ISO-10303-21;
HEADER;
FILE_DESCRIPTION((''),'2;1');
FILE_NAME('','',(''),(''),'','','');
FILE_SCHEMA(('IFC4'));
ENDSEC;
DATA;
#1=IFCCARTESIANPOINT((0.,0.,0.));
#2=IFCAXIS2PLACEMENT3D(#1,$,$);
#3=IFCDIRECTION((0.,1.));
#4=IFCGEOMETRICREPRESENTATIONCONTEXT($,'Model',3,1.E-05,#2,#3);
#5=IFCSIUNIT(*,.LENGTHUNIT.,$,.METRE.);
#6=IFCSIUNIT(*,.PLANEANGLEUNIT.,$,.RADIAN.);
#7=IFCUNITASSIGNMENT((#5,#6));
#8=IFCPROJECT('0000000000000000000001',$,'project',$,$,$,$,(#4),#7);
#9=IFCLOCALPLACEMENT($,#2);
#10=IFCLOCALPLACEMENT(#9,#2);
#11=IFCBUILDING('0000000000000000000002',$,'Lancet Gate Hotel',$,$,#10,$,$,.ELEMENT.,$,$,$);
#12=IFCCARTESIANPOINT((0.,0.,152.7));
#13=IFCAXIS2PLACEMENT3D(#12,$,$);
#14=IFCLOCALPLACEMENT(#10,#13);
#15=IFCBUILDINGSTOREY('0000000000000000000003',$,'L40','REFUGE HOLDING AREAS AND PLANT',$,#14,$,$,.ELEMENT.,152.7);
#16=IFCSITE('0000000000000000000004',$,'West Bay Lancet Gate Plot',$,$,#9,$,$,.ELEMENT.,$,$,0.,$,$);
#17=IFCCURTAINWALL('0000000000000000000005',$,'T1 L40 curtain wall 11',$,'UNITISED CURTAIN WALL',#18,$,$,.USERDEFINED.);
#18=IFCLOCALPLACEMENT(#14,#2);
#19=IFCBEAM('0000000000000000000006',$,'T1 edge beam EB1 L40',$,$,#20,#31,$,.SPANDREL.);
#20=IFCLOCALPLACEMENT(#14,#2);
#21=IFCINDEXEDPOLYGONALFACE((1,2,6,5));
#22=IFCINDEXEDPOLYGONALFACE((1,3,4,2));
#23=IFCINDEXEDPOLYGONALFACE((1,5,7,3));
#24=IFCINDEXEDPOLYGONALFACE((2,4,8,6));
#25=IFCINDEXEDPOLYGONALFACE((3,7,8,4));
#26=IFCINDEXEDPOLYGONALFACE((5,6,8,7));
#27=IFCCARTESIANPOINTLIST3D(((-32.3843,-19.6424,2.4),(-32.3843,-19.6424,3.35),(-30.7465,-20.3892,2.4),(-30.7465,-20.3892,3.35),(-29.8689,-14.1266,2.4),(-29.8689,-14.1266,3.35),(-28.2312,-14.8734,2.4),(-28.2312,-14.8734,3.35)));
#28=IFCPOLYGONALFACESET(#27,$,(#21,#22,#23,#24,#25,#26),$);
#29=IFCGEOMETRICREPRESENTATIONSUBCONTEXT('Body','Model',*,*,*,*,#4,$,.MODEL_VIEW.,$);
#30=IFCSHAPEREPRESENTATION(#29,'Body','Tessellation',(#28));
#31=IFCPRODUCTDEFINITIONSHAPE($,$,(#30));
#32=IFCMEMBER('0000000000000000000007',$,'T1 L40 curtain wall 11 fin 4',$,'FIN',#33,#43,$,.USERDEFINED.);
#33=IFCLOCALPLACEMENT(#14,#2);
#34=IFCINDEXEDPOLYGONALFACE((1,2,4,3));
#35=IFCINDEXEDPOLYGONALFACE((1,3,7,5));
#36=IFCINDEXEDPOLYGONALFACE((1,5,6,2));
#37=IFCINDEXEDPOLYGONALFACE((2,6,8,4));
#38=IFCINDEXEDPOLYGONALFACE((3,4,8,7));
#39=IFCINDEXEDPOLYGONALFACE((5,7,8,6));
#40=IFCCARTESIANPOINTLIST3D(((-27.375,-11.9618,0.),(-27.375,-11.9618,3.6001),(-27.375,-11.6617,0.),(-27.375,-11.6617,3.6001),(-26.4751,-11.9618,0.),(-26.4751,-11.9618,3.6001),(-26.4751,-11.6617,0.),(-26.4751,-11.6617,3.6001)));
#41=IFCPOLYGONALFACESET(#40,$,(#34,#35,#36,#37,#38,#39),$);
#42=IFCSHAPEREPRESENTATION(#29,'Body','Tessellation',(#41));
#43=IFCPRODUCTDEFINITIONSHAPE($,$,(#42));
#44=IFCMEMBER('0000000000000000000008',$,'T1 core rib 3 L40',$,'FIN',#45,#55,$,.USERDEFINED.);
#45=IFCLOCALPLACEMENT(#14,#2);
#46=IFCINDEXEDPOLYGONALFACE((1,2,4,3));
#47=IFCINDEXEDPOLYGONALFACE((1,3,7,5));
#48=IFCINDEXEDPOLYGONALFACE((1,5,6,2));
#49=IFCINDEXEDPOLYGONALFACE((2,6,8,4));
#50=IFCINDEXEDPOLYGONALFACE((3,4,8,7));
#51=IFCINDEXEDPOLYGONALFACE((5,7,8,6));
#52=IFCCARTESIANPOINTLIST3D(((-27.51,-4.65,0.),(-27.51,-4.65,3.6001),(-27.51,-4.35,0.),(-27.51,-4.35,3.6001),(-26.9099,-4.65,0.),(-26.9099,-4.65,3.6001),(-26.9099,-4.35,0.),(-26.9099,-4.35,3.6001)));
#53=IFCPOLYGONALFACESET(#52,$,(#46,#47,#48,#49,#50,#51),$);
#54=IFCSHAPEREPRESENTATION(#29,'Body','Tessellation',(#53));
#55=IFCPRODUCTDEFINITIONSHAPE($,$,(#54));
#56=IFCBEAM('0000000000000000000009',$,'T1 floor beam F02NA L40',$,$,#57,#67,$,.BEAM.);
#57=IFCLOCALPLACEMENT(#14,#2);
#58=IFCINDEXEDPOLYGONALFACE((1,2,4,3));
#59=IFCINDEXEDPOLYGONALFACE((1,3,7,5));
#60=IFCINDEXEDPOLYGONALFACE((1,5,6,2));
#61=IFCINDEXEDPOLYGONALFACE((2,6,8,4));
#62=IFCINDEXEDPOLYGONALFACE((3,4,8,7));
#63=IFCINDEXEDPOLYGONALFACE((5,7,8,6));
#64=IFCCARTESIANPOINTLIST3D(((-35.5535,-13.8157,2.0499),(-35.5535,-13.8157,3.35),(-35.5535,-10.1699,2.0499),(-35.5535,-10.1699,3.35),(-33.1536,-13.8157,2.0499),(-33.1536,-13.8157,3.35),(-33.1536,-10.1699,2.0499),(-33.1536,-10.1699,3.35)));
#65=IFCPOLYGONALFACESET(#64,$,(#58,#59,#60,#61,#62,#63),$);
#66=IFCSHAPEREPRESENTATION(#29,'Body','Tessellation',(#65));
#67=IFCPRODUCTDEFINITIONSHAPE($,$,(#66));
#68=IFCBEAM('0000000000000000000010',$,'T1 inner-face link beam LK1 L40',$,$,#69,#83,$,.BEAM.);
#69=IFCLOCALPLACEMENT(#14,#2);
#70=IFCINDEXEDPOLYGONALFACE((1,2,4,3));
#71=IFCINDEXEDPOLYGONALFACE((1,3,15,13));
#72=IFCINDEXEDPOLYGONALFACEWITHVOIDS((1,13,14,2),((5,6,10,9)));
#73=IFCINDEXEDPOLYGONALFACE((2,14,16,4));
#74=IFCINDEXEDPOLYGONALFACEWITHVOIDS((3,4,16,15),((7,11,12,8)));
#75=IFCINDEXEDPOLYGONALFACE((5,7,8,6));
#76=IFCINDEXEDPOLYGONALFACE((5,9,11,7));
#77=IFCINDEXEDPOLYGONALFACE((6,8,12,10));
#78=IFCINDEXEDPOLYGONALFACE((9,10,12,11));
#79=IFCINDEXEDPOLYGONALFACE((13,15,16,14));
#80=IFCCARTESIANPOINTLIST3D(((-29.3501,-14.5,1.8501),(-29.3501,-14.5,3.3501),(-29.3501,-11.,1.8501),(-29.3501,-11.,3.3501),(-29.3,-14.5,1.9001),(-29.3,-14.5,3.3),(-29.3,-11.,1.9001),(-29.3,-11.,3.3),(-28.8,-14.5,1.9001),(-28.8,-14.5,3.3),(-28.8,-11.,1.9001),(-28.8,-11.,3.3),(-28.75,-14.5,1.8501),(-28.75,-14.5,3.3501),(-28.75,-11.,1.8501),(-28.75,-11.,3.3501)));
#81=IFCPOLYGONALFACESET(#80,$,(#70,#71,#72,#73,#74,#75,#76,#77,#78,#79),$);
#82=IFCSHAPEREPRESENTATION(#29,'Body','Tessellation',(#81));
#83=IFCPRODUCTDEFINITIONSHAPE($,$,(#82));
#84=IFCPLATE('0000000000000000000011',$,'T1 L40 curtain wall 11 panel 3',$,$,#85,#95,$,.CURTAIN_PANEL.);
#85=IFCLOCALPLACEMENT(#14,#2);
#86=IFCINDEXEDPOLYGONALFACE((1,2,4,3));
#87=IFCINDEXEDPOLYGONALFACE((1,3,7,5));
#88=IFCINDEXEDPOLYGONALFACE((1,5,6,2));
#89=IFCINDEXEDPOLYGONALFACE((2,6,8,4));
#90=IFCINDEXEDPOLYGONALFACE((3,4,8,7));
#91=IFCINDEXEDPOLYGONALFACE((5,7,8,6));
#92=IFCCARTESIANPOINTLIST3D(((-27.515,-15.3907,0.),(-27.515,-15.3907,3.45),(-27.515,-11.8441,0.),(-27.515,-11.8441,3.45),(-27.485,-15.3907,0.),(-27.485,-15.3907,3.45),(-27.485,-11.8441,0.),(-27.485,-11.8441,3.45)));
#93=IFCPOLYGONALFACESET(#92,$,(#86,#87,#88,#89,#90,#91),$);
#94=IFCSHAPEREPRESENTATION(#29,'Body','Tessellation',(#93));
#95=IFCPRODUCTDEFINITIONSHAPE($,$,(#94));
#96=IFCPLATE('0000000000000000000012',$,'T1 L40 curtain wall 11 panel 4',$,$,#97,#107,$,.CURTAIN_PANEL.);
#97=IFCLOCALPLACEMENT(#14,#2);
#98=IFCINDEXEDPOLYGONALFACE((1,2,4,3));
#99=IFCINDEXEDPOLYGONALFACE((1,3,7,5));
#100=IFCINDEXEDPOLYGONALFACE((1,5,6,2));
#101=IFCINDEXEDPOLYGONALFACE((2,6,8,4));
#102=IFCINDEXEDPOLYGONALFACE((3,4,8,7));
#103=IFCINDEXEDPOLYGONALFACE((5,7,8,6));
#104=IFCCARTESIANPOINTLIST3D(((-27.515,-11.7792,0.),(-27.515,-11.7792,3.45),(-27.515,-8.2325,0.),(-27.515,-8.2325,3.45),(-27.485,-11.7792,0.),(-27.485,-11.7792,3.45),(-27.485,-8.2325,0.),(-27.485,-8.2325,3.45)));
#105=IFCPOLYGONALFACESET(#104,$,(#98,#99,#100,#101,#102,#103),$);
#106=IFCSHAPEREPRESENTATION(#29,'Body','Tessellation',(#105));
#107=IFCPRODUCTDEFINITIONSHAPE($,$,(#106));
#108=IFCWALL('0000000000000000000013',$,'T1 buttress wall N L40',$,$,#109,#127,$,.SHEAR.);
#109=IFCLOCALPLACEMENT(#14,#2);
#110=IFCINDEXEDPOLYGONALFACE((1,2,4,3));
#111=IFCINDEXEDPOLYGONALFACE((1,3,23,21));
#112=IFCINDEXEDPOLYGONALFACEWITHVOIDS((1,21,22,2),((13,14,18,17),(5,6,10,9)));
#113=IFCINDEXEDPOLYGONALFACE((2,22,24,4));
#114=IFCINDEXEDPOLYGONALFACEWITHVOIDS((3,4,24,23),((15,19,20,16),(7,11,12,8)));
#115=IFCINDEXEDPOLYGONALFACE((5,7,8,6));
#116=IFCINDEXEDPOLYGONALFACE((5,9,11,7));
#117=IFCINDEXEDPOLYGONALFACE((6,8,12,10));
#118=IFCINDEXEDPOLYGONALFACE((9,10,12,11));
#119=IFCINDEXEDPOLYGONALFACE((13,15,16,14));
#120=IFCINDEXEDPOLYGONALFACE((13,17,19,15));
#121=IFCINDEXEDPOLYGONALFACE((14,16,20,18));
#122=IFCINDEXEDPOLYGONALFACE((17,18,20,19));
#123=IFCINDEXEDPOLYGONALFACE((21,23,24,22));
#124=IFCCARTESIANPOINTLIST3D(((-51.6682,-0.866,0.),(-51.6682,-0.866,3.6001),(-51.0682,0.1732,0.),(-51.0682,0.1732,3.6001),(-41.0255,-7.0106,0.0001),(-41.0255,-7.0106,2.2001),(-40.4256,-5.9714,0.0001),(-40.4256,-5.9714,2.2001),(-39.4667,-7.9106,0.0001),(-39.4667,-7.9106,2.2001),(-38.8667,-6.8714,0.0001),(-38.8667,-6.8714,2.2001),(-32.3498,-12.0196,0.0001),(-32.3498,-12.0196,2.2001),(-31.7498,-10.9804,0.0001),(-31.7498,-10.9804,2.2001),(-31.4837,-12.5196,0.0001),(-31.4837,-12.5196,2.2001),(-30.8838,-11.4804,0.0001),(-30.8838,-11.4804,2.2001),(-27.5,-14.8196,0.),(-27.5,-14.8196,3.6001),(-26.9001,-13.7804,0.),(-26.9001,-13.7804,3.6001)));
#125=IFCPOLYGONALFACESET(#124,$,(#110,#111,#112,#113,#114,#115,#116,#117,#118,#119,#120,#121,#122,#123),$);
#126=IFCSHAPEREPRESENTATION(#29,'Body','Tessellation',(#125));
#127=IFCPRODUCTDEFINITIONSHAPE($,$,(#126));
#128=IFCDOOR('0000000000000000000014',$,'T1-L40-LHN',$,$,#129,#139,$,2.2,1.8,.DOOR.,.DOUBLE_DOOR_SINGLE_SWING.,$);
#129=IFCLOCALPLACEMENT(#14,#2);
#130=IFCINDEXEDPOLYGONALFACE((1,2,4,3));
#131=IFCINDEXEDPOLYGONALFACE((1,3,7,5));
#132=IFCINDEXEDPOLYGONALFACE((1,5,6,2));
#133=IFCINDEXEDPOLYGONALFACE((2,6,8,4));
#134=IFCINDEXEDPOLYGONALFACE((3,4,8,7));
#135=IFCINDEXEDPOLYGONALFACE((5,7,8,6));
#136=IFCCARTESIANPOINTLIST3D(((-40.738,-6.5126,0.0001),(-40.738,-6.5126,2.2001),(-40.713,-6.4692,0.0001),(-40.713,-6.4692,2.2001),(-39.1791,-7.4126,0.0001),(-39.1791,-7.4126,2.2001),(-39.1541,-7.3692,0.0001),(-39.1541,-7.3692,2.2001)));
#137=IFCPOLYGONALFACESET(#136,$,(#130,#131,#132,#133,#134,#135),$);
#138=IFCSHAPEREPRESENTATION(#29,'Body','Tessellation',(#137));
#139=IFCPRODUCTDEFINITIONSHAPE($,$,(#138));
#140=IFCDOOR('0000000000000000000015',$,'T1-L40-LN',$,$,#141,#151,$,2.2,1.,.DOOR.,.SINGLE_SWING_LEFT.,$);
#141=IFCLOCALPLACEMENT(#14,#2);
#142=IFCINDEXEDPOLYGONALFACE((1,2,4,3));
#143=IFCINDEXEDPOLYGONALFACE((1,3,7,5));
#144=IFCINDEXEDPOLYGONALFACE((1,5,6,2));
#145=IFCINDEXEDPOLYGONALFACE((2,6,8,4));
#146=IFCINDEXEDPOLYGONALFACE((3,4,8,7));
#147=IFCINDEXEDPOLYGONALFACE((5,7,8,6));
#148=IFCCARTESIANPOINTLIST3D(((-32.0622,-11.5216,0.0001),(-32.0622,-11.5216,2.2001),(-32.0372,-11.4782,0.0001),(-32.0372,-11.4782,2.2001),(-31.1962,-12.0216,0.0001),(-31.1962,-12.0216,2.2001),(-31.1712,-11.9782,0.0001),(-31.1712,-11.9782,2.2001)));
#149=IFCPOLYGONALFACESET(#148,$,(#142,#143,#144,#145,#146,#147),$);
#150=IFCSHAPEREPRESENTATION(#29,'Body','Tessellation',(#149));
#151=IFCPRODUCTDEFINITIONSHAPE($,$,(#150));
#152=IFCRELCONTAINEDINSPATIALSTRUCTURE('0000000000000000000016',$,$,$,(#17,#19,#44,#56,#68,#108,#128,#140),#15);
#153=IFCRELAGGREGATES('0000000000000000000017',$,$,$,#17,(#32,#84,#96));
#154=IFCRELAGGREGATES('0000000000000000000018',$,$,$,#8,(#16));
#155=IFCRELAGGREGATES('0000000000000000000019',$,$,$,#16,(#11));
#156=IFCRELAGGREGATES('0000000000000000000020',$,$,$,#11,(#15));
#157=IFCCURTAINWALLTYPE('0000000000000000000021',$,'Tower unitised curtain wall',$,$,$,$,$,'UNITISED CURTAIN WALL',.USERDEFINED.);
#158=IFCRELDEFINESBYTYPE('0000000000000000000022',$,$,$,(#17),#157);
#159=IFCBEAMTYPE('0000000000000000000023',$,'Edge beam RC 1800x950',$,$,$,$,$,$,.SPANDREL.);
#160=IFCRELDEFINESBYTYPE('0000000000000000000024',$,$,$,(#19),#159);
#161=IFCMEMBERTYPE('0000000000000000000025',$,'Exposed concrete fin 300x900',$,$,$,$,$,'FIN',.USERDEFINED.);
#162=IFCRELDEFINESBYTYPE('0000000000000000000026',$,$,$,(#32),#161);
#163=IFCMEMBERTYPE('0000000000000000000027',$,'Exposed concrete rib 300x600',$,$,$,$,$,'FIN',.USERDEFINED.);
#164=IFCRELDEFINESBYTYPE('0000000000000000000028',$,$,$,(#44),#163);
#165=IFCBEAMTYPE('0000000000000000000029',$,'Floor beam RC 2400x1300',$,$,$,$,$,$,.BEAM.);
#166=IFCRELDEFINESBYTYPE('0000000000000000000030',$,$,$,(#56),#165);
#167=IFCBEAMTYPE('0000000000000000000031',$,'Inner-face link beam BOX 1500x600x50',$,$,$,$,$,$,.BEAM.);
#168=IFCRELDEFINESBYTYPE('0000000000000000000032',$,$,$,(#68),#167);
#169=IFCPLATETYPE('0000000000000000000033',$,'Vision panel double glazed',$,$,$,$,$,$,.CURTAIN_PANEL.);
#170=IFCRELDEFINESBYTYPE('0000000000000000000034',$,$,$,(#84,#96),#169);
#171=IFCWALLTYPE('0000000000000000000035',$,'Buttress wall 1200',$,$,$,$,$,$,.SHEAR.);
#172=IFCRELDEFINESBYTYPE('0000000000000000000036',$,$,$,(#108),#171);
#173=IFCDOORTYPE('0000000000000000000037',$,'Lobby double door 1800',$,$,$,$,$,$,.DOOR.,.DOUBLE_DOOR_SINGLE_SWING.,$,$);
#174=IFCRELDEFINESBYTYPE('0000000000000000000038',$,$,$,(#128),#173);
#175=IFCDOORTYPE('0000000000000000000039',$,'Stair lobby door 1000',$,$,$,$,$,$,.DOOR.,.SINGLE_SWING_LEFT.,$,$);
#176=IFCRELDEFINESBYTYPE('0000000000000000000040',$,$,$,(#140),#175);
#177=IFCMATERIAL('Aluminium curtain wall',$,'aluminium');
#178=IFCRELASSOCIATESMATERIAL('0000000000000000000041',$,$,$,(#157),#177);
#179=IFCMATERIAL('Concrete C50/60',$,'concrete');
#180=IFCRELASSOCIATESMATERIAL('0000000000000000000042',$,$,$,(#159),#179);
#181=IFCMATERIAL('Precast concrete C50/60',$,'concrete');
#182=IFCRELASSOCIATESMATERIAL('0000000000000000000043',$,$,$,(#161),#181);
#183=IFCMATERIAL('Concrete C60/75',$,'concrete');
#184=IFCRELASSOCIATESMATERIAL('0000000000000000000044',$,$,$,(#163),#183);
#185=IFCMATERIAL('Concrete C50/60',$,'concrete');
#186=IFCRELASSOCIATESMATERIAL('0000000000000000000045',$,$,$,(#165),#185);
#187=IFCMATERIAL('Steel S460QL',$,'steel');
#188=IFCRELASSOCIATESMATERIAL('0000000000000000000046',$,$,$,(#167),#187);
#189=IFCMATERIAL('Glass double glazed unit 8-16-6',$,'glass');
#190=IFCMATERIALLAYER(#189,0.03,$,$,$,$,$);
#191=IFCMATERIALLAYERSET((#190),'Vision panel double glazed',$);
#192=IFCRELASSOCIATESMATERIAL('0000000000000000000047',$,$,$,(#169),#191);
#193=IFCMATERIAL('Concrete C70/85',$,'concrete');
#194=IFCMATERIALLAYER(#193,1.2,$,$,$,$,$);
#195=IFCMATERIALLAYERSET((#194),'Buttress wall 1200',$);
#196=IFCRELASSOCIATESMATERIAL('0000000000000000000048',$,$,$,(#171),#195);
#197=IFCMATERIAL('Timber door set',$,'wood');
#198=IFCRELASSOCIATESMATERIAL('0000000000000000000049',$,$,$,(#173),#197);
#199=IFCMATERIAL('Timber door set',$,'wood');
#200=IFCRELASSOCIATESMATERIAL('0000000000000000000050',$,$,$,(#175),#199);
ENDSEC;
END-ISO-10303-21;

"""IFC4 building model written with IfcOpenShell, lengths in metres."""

from ifc_helpers import new_model, si_unit, direction, frame, frame_2d, origin, origin_2d, place, context, subcontext, project, spatial, rectangle, hollow_rectangle, extrude, material, layer, layer_set, material_profile, profile_set, type_object, element, fill, aggregate, save


model = new_model("IFC4")

# Units and contexts
model_context = context("Model", 3, precision=1e-05, world=origin(), true_north=direction((0.0, 1.0)))
body_context = subcontext(model_context, "Body", "Model", "MODEL_VIEW")
ifc_project = project(units=[si_unit("LENGTHUNIT", "METRE"), si_unit("PLANEANGLEUNIT", "RADIAN")], contexts=[model_context])

# Site, building, storey
site_placement = place(None, origin())
site = spatial("IfcSite", under=ifc_project, at=site_placement, Name="West Bay Lancet Gate Plot", CompositionType="ELEMENT", RefElevation=0.0)
building_placement = place(site_placement, origin())
building = spatial("IfcBuilding", under=site, at=building_placement, Name="Lancet Gate Hotel", CompositionType="ELEMENT")
storey_placement = place(building_placement, frame((0.0, 0.0, 152.7)))
storey = spatial("IfcBuildingStorey", under=building, at=storey_placement, Name="L40", Description="REFUGE HOLDING AREAS AND PLANT", CompositionType="ELEMENT", Elevation=152.7)

# Curtain wall
ifc_material_1 = material(Name="Aluminium curtain wall", Category="aluminium")
curtain_wall_type = type_object("IfcCurtainWallType", Name="Tower unitised curtain wall", ElementType="UNITISED CURTAIN WALL", PredefinedType="USERDEFINED", material=ifc_material_1)
curtain_wall_placement = place(storey_placement, origin())
curtain_wall = element("IfcCurtainWall", 1, at=curtain_wall_placement, inside=storey, type_object=curtain_wall_type, Name="T1 L40 curtain wall 11", ObjectType="UNITISED CURTAIN WALL", PredefinedType="USERDEFINED")

# Beam
ifc_material_2 = material(Name="Concrete C50/60", Category="concrete")
ifc_material_profile_1 = material_profile(ifc_material_2, rectangle(XDim=1.8, YDim=0.95, at=origin_2d()), Name="RC 1800x950")
ifc_profile_set_1 = profile_set([ifc_material_profile_1], Name="Concrete C50/60")
beam_type_1 = type_object("IfcBeamType", Name="Edge beam RC 1800x950", PredefinedType="SPANDREL", material=ifc_profile_set_1)
beam_1_placement = place(storey_placement, frame((-29.05, -14.5, 2.875), z_axis=(-0.414919, -0.909858, 0.0), x_axis=(0.909858, -0.414919, 0.0)))
element("IfcBeam", 2, at=beam_1_placement, inside=storey, type_object=beam_type_1, Name="T1 edge beam EB1 L40", PredefinedType="SPANDREL", context=body_context, shape_type="SweptSolid", body=[
    extrude(rectangle(XDim=1.8, YDim=0.95, at=origin_2d()), origin(), (0.0, 0.0, 1.0), 6.0623),
])

# Members
ifc_material_3 = material(Name="Precast concrete C50/60", Category="concrete")
ifc_material_profile_2 = material_profile(ifc_material_3, rectangle(XDim=0.3, YDim=0.8999, at=origin_2d()), Name="FIN 300x900")
ifc_profile_set_2 = profile_set([ifc_material_profile_2], Name="Precast concrete C50/60")
member_type_1 = type_object("IfcMemberType", Name="Exposed concrete fin 300x900", ElementType="FIN", PredefinedType="USERDEFINED", material=ifc_profile_set_2)
member_1_placement = place(storey_placement, frame((-26.925, -11.8118, 0.0), z_axis=(0.0, 0.0, 1.0), x_axis=(0.0, 1.0, 0.0)))
member_1 = element("IfcMember", 3, at=member_1_placement, type_object=member_type_1, Name="T1 L40 curtain wall 11 fin 4", ObjectType="FIN", PredefinedType="USERDEFINED", context=body_context, shape_type="SweptSolid", body=[
    extrude(rectangle(XDim=0.3, YDim=0.8999, at=origin_2d()), origin(), (0.0, 0.0, 1.0), 3.6001),
])
ifc_material_4 = material(Name="Concrete C60/75", Category="concrete")
ifc_material_profile_3 = material_profile(ifc_material_4, rectangle(XDim=0.3, YDim=0.6001, at=origin_2d()), Name="FIN 300x600")
ifc_profile_set_3 = profile_set([ifc_material_profile_3], Name="Concrete C60/75")
member_type_2 = type_object("IfcMemberType", Name="Exposed concrete rib 300x600", ElementType="FIN", PredefinedType="USERDEFINED", material=ifc_profile_set_3)
member_2_placement = place(storey_placement, frame((-27.21, -4.5, 0.0), z_axis=(0.0, 0.0, 1.0), x_axis=(0.0, 1.0, 0.0)))
element("IfcMember", 4, at=member_2_placement, inside=storey, type_object=member_type_2, Name="T1 core rib 3 L40", ObjectType="FIN", PredefinedType="USERDEFINED", context=body_context, shape_type="SweptSolid", body=[
    extrude(rectangle(XDim=0.3, YDim=0.6001, at=origin_2d()), origin(), (0.0, 0.0, 1.0), 3.6001),
])

# Beams
ifc_material_5 = material(Name="Concrete C50/60", Category="concrete")
ifc_material_profile_4 = material_profile(ifc_material_5, rectangle(XDim=2.3999, YDim=1.3, at=origin_2d()), Name="RC 2400x1300")
ifc_profile_set_4 = profile_set([ifc_material_profile_4], Name="Concrete C50/60")
beam_type_2 = type_object("IfcBeamType", Name="Floor beam RC 2400x1300", PredefinedType="BEAM", material=ifc_profile_set_4)
beam_2_placement = place(storey_placement, frame((-34.3535, -10.1699, 2.7), z_axis=(0.0, -1.0, 0.0), x_axis=(1.0, 0.0, 0.0)))
element("IfcBeam", 5, at=beam_2_placement, inside=storey, type_object=beam_type_2, Name="T1 floor beam F02NA L40", PredefinedType="BEAM", context=body_context, shape_type="SweptSolid", body=[
    extrude(rectangle(XDim=2.3999, YDim=1.3, at=origin_2d()), origin(), (0.0, 0.0, 1.0), 3.6458),
])
ifc_material_6 = material(Name="Steel S460QL", Category="steel")
ifc_material_profile_5 = material_profile(ifc_material_6, hollow_rectangle(XDim=0.6001, YDim=1.5, WallThickness=0.05, at=origin_2d()), Name="BOX 1500x600x50")
ifc_profile_set_5 = profile_set([ifc_material_profile_5], Name="Steel S460QL")
beam_type_3 = type_object("IfcBeamType", Name="Inner-face link beam BOX 1500x600x50", PredefinedType="BEAM", material=ifc_profile_set_5)
beam_3_placement = place(storey_placement, frame((-29.05, -11.0, 2.6001), z_axis=(0.0, -1.0, 0.0), x_axis=(1.0, 0.0, 0.0)))
element("IfcBeam", 6, at=beam_3_placement, inside=storey, type_object=beam_type_3, Name="T1 inner-face link beam LK1 L40", PredefinedType="BEAM", context=body_context, shape_type="SweptSolid", body=[
    extrude(hollow_rectangle(XDim=0.6001, YDim=1.5, WallThickness=0.05, at=origin_2d()), origin(), (0.0, 0.0, 1.0), 3.5),
])

# Plates
ifc_material_7 = material(Name="Glass double glazed unit 8-16-6", Category="glass")
ifc_layer_1 = layer(ifc_material_7, 0.03)
ifc_layer_set_1 = layer_set([ifc_layer_1], Name="Vision panel double glazed")
plate_type = type_object("IfcPlateType", Name="Vision panel double glazed", PredefinedType="CURTAIN_PANEL", material=ifc_layer_set_1)
plate_1_placement = place(storey_placement, frame((-27.5, -13.6174, 0.0), z_axis=(0.0, 0.0, 1.0), x_axis=(0.0, 1.0, 0.0)))
plate_1 = element("IfcPlate", 7, at=plate_1_placement, type_object=plate_type, Name="T1 L40 curtain wall 11 panel 3", PredefinedType="CURTAIN_PANEL", context=body_context, shape_type="SweptSolid", body=[
    extrude(rectangle(XDim=3.5466, YDim=0.03, at=origin_2d()), origin(), (0.0, 0.0, 1.0), 3.45),
])
plate_2_placement = place(storey_placement, frame((-27.5, -10.0059, 0.0), z_axis=(0.0, 0.0, 1.0), x_axis=(0.0, 1.0, 0.0)))
plate_2 = element("IfcPlate", 8, at=plate_2_placement, type_object=plate_type, Name="T1 L40 curtain wall 11 panel 4", PredefinedType="CURTAIN_PANEL", context=body_context, shape_type="SweptSolid", body=[
    extrude(rectangle(XDim=3.5466, YDim=0.03, at=origin_2d()), origin(), (0.0, 0.0, 1.0), 3.45),
])
aggregate(curtain_wall, [member_1, plate_1, plate_2])

# Wall, openings, doors
ifc_material_8 = material(Name="Concrete C70/85", Category="concrete")
ifc_layer_2 = layer(ifc_material_8, 1.2)
ifc_layer_set_2 = layer_set([ifc_layer_2], Name="Buttress wall 1200")
wall_type_1 = type_object("IfcWallType", Name="Buttress wall 1200", PredefinedType="SHEAR", material=ifc_layer_set_2)
wall_1_placement = place(storey_placement, frame((-27.2, -14.3, 0.0), z_axis=(0.0, 0.0, 1.0), x_axis=(-0.866024, 0.500002, 0.0)))
wall_1 = element("IfcWall", 9, at=wall_1_placement, inside=storey, type_object=wall_type_1, Name="T1 buttress wall N L40", PredefinedType="SHEAR", context=body_context, shape_type="SweptSolid", body=[
    extrude(rectangle(XDim=27.907, YDim=1.2, at=frame_2d((13.9536, 0.0))), origin(), (0.0, 0.0, 1.0), 3.6001),
])
opening_1_placement = place(wall_1_placement, frame((4.6001, 0.0, 0.0)))
opening_1 = element("IfcOpeningElement", 10, at=opening_1_placement, cuts=wall_1, PredefinedType="OPENING", context=body_context, shape_type="SweptSolid", body=[
    extrude(rectangle(XDim=1.0, YDim=2.2, at=frame_2d((0.5, 1.1001))), frame((0.0, 0.6099, 0.0), z_axis=(0.0, -1.0, 0.0), x_axis=(1.0, 0.0, 0.0)), (0.0, 0.0, 1.0), 1.22),
])
opening_2_placement = place(wall_1_placement, frame((13.8181, 0.0, 0.0)))
opening_2 = element("IfcOpeningElement", 11, at=opening_2_placement, cuts=wall_1, PredefinedType="OPENING", context=body_context, shape_type="SweptSolid", body=[
    extrude(rectangle(XDim=1.8, YDim=2.2, at=frame_2d((0.8999, 1.1001))), frame((0.0, 0.6099, 0.0), z_axis=(0.0, -1.0, 0.0), x_axis=(1.0, 0.0, 0.0)), (0.0, 0.0, 1.0), 1.22),
])
ifc_material_9 = material(Name="Timber door set", Category="wood")
door_type_1 = type_object("IfcDoorType", Name="Lobby double door 1800", OperationType="DOUBLE_DOOR_SINGLE_SWING", PredefinedType="DOOR", material=ifc_material_9)
door_1_placement = place(opening_2_placement, origin())
door_1 = element("IfcDoor", 12, at=door_1_placement, inside=storey, type_object=door_type_1, Name="T1-L40-LHN", OperationType="DOUBLE_DOOR_SINGLE_SWING", OverallHeight=2.2, OverallWidth=1.8, PredefinedType="DOOR", context=body_context, shape_type="SweptSolid", body=[
    extrude(rectangle(XDim=1.8, YDim=2.2, at=frame_2d((0.8999, 1.1001))), frame((0.0, 0.0249, 0.0), z_axis=(0.0, -1.0, 0.0), x_axis=(1.0, 0.0, 0.0)), (0.0, 0.0, 1.0), 0.05),
])
fill(opening_2, door_1)
ifc_material_10 = material(Name="Timber door set", Category="wood")
door_type_2 = type_object("IfcDoorType", Name="Stair lobby door 1000", OperationType="SINGLE_SWING_LEFT", PredefinedType="DOOR", material=ifc_material_10)
door_2_placement = place(opening_1_placement, origin())
door_2 = element("IfcDoor", 13, at=door_2_placement, inside=storey, type_object=door_type_2, Name="T1-L40-LN", OperationType="SINGLE_SWING_LEFT", OverallHeight=2.2, OverallWidth=1.0, PredefinedType="DOOR", context=body_context, shape_type="SweptSolid", body=[
    extrude(rectangle(XDim=1.0, YDim=2.2, at=frame_2d((0.5, 1.1001))), frame((0.0, 0.0249, 0.0), z_axis=(0.0, -1.0, 0.0), x_axis=(1.0, 0.0, 0.0)), (0.0, 0.0, 1.0), 0.05),
])
fill(opening_1, door_2)

save(model, "model.ifc")
